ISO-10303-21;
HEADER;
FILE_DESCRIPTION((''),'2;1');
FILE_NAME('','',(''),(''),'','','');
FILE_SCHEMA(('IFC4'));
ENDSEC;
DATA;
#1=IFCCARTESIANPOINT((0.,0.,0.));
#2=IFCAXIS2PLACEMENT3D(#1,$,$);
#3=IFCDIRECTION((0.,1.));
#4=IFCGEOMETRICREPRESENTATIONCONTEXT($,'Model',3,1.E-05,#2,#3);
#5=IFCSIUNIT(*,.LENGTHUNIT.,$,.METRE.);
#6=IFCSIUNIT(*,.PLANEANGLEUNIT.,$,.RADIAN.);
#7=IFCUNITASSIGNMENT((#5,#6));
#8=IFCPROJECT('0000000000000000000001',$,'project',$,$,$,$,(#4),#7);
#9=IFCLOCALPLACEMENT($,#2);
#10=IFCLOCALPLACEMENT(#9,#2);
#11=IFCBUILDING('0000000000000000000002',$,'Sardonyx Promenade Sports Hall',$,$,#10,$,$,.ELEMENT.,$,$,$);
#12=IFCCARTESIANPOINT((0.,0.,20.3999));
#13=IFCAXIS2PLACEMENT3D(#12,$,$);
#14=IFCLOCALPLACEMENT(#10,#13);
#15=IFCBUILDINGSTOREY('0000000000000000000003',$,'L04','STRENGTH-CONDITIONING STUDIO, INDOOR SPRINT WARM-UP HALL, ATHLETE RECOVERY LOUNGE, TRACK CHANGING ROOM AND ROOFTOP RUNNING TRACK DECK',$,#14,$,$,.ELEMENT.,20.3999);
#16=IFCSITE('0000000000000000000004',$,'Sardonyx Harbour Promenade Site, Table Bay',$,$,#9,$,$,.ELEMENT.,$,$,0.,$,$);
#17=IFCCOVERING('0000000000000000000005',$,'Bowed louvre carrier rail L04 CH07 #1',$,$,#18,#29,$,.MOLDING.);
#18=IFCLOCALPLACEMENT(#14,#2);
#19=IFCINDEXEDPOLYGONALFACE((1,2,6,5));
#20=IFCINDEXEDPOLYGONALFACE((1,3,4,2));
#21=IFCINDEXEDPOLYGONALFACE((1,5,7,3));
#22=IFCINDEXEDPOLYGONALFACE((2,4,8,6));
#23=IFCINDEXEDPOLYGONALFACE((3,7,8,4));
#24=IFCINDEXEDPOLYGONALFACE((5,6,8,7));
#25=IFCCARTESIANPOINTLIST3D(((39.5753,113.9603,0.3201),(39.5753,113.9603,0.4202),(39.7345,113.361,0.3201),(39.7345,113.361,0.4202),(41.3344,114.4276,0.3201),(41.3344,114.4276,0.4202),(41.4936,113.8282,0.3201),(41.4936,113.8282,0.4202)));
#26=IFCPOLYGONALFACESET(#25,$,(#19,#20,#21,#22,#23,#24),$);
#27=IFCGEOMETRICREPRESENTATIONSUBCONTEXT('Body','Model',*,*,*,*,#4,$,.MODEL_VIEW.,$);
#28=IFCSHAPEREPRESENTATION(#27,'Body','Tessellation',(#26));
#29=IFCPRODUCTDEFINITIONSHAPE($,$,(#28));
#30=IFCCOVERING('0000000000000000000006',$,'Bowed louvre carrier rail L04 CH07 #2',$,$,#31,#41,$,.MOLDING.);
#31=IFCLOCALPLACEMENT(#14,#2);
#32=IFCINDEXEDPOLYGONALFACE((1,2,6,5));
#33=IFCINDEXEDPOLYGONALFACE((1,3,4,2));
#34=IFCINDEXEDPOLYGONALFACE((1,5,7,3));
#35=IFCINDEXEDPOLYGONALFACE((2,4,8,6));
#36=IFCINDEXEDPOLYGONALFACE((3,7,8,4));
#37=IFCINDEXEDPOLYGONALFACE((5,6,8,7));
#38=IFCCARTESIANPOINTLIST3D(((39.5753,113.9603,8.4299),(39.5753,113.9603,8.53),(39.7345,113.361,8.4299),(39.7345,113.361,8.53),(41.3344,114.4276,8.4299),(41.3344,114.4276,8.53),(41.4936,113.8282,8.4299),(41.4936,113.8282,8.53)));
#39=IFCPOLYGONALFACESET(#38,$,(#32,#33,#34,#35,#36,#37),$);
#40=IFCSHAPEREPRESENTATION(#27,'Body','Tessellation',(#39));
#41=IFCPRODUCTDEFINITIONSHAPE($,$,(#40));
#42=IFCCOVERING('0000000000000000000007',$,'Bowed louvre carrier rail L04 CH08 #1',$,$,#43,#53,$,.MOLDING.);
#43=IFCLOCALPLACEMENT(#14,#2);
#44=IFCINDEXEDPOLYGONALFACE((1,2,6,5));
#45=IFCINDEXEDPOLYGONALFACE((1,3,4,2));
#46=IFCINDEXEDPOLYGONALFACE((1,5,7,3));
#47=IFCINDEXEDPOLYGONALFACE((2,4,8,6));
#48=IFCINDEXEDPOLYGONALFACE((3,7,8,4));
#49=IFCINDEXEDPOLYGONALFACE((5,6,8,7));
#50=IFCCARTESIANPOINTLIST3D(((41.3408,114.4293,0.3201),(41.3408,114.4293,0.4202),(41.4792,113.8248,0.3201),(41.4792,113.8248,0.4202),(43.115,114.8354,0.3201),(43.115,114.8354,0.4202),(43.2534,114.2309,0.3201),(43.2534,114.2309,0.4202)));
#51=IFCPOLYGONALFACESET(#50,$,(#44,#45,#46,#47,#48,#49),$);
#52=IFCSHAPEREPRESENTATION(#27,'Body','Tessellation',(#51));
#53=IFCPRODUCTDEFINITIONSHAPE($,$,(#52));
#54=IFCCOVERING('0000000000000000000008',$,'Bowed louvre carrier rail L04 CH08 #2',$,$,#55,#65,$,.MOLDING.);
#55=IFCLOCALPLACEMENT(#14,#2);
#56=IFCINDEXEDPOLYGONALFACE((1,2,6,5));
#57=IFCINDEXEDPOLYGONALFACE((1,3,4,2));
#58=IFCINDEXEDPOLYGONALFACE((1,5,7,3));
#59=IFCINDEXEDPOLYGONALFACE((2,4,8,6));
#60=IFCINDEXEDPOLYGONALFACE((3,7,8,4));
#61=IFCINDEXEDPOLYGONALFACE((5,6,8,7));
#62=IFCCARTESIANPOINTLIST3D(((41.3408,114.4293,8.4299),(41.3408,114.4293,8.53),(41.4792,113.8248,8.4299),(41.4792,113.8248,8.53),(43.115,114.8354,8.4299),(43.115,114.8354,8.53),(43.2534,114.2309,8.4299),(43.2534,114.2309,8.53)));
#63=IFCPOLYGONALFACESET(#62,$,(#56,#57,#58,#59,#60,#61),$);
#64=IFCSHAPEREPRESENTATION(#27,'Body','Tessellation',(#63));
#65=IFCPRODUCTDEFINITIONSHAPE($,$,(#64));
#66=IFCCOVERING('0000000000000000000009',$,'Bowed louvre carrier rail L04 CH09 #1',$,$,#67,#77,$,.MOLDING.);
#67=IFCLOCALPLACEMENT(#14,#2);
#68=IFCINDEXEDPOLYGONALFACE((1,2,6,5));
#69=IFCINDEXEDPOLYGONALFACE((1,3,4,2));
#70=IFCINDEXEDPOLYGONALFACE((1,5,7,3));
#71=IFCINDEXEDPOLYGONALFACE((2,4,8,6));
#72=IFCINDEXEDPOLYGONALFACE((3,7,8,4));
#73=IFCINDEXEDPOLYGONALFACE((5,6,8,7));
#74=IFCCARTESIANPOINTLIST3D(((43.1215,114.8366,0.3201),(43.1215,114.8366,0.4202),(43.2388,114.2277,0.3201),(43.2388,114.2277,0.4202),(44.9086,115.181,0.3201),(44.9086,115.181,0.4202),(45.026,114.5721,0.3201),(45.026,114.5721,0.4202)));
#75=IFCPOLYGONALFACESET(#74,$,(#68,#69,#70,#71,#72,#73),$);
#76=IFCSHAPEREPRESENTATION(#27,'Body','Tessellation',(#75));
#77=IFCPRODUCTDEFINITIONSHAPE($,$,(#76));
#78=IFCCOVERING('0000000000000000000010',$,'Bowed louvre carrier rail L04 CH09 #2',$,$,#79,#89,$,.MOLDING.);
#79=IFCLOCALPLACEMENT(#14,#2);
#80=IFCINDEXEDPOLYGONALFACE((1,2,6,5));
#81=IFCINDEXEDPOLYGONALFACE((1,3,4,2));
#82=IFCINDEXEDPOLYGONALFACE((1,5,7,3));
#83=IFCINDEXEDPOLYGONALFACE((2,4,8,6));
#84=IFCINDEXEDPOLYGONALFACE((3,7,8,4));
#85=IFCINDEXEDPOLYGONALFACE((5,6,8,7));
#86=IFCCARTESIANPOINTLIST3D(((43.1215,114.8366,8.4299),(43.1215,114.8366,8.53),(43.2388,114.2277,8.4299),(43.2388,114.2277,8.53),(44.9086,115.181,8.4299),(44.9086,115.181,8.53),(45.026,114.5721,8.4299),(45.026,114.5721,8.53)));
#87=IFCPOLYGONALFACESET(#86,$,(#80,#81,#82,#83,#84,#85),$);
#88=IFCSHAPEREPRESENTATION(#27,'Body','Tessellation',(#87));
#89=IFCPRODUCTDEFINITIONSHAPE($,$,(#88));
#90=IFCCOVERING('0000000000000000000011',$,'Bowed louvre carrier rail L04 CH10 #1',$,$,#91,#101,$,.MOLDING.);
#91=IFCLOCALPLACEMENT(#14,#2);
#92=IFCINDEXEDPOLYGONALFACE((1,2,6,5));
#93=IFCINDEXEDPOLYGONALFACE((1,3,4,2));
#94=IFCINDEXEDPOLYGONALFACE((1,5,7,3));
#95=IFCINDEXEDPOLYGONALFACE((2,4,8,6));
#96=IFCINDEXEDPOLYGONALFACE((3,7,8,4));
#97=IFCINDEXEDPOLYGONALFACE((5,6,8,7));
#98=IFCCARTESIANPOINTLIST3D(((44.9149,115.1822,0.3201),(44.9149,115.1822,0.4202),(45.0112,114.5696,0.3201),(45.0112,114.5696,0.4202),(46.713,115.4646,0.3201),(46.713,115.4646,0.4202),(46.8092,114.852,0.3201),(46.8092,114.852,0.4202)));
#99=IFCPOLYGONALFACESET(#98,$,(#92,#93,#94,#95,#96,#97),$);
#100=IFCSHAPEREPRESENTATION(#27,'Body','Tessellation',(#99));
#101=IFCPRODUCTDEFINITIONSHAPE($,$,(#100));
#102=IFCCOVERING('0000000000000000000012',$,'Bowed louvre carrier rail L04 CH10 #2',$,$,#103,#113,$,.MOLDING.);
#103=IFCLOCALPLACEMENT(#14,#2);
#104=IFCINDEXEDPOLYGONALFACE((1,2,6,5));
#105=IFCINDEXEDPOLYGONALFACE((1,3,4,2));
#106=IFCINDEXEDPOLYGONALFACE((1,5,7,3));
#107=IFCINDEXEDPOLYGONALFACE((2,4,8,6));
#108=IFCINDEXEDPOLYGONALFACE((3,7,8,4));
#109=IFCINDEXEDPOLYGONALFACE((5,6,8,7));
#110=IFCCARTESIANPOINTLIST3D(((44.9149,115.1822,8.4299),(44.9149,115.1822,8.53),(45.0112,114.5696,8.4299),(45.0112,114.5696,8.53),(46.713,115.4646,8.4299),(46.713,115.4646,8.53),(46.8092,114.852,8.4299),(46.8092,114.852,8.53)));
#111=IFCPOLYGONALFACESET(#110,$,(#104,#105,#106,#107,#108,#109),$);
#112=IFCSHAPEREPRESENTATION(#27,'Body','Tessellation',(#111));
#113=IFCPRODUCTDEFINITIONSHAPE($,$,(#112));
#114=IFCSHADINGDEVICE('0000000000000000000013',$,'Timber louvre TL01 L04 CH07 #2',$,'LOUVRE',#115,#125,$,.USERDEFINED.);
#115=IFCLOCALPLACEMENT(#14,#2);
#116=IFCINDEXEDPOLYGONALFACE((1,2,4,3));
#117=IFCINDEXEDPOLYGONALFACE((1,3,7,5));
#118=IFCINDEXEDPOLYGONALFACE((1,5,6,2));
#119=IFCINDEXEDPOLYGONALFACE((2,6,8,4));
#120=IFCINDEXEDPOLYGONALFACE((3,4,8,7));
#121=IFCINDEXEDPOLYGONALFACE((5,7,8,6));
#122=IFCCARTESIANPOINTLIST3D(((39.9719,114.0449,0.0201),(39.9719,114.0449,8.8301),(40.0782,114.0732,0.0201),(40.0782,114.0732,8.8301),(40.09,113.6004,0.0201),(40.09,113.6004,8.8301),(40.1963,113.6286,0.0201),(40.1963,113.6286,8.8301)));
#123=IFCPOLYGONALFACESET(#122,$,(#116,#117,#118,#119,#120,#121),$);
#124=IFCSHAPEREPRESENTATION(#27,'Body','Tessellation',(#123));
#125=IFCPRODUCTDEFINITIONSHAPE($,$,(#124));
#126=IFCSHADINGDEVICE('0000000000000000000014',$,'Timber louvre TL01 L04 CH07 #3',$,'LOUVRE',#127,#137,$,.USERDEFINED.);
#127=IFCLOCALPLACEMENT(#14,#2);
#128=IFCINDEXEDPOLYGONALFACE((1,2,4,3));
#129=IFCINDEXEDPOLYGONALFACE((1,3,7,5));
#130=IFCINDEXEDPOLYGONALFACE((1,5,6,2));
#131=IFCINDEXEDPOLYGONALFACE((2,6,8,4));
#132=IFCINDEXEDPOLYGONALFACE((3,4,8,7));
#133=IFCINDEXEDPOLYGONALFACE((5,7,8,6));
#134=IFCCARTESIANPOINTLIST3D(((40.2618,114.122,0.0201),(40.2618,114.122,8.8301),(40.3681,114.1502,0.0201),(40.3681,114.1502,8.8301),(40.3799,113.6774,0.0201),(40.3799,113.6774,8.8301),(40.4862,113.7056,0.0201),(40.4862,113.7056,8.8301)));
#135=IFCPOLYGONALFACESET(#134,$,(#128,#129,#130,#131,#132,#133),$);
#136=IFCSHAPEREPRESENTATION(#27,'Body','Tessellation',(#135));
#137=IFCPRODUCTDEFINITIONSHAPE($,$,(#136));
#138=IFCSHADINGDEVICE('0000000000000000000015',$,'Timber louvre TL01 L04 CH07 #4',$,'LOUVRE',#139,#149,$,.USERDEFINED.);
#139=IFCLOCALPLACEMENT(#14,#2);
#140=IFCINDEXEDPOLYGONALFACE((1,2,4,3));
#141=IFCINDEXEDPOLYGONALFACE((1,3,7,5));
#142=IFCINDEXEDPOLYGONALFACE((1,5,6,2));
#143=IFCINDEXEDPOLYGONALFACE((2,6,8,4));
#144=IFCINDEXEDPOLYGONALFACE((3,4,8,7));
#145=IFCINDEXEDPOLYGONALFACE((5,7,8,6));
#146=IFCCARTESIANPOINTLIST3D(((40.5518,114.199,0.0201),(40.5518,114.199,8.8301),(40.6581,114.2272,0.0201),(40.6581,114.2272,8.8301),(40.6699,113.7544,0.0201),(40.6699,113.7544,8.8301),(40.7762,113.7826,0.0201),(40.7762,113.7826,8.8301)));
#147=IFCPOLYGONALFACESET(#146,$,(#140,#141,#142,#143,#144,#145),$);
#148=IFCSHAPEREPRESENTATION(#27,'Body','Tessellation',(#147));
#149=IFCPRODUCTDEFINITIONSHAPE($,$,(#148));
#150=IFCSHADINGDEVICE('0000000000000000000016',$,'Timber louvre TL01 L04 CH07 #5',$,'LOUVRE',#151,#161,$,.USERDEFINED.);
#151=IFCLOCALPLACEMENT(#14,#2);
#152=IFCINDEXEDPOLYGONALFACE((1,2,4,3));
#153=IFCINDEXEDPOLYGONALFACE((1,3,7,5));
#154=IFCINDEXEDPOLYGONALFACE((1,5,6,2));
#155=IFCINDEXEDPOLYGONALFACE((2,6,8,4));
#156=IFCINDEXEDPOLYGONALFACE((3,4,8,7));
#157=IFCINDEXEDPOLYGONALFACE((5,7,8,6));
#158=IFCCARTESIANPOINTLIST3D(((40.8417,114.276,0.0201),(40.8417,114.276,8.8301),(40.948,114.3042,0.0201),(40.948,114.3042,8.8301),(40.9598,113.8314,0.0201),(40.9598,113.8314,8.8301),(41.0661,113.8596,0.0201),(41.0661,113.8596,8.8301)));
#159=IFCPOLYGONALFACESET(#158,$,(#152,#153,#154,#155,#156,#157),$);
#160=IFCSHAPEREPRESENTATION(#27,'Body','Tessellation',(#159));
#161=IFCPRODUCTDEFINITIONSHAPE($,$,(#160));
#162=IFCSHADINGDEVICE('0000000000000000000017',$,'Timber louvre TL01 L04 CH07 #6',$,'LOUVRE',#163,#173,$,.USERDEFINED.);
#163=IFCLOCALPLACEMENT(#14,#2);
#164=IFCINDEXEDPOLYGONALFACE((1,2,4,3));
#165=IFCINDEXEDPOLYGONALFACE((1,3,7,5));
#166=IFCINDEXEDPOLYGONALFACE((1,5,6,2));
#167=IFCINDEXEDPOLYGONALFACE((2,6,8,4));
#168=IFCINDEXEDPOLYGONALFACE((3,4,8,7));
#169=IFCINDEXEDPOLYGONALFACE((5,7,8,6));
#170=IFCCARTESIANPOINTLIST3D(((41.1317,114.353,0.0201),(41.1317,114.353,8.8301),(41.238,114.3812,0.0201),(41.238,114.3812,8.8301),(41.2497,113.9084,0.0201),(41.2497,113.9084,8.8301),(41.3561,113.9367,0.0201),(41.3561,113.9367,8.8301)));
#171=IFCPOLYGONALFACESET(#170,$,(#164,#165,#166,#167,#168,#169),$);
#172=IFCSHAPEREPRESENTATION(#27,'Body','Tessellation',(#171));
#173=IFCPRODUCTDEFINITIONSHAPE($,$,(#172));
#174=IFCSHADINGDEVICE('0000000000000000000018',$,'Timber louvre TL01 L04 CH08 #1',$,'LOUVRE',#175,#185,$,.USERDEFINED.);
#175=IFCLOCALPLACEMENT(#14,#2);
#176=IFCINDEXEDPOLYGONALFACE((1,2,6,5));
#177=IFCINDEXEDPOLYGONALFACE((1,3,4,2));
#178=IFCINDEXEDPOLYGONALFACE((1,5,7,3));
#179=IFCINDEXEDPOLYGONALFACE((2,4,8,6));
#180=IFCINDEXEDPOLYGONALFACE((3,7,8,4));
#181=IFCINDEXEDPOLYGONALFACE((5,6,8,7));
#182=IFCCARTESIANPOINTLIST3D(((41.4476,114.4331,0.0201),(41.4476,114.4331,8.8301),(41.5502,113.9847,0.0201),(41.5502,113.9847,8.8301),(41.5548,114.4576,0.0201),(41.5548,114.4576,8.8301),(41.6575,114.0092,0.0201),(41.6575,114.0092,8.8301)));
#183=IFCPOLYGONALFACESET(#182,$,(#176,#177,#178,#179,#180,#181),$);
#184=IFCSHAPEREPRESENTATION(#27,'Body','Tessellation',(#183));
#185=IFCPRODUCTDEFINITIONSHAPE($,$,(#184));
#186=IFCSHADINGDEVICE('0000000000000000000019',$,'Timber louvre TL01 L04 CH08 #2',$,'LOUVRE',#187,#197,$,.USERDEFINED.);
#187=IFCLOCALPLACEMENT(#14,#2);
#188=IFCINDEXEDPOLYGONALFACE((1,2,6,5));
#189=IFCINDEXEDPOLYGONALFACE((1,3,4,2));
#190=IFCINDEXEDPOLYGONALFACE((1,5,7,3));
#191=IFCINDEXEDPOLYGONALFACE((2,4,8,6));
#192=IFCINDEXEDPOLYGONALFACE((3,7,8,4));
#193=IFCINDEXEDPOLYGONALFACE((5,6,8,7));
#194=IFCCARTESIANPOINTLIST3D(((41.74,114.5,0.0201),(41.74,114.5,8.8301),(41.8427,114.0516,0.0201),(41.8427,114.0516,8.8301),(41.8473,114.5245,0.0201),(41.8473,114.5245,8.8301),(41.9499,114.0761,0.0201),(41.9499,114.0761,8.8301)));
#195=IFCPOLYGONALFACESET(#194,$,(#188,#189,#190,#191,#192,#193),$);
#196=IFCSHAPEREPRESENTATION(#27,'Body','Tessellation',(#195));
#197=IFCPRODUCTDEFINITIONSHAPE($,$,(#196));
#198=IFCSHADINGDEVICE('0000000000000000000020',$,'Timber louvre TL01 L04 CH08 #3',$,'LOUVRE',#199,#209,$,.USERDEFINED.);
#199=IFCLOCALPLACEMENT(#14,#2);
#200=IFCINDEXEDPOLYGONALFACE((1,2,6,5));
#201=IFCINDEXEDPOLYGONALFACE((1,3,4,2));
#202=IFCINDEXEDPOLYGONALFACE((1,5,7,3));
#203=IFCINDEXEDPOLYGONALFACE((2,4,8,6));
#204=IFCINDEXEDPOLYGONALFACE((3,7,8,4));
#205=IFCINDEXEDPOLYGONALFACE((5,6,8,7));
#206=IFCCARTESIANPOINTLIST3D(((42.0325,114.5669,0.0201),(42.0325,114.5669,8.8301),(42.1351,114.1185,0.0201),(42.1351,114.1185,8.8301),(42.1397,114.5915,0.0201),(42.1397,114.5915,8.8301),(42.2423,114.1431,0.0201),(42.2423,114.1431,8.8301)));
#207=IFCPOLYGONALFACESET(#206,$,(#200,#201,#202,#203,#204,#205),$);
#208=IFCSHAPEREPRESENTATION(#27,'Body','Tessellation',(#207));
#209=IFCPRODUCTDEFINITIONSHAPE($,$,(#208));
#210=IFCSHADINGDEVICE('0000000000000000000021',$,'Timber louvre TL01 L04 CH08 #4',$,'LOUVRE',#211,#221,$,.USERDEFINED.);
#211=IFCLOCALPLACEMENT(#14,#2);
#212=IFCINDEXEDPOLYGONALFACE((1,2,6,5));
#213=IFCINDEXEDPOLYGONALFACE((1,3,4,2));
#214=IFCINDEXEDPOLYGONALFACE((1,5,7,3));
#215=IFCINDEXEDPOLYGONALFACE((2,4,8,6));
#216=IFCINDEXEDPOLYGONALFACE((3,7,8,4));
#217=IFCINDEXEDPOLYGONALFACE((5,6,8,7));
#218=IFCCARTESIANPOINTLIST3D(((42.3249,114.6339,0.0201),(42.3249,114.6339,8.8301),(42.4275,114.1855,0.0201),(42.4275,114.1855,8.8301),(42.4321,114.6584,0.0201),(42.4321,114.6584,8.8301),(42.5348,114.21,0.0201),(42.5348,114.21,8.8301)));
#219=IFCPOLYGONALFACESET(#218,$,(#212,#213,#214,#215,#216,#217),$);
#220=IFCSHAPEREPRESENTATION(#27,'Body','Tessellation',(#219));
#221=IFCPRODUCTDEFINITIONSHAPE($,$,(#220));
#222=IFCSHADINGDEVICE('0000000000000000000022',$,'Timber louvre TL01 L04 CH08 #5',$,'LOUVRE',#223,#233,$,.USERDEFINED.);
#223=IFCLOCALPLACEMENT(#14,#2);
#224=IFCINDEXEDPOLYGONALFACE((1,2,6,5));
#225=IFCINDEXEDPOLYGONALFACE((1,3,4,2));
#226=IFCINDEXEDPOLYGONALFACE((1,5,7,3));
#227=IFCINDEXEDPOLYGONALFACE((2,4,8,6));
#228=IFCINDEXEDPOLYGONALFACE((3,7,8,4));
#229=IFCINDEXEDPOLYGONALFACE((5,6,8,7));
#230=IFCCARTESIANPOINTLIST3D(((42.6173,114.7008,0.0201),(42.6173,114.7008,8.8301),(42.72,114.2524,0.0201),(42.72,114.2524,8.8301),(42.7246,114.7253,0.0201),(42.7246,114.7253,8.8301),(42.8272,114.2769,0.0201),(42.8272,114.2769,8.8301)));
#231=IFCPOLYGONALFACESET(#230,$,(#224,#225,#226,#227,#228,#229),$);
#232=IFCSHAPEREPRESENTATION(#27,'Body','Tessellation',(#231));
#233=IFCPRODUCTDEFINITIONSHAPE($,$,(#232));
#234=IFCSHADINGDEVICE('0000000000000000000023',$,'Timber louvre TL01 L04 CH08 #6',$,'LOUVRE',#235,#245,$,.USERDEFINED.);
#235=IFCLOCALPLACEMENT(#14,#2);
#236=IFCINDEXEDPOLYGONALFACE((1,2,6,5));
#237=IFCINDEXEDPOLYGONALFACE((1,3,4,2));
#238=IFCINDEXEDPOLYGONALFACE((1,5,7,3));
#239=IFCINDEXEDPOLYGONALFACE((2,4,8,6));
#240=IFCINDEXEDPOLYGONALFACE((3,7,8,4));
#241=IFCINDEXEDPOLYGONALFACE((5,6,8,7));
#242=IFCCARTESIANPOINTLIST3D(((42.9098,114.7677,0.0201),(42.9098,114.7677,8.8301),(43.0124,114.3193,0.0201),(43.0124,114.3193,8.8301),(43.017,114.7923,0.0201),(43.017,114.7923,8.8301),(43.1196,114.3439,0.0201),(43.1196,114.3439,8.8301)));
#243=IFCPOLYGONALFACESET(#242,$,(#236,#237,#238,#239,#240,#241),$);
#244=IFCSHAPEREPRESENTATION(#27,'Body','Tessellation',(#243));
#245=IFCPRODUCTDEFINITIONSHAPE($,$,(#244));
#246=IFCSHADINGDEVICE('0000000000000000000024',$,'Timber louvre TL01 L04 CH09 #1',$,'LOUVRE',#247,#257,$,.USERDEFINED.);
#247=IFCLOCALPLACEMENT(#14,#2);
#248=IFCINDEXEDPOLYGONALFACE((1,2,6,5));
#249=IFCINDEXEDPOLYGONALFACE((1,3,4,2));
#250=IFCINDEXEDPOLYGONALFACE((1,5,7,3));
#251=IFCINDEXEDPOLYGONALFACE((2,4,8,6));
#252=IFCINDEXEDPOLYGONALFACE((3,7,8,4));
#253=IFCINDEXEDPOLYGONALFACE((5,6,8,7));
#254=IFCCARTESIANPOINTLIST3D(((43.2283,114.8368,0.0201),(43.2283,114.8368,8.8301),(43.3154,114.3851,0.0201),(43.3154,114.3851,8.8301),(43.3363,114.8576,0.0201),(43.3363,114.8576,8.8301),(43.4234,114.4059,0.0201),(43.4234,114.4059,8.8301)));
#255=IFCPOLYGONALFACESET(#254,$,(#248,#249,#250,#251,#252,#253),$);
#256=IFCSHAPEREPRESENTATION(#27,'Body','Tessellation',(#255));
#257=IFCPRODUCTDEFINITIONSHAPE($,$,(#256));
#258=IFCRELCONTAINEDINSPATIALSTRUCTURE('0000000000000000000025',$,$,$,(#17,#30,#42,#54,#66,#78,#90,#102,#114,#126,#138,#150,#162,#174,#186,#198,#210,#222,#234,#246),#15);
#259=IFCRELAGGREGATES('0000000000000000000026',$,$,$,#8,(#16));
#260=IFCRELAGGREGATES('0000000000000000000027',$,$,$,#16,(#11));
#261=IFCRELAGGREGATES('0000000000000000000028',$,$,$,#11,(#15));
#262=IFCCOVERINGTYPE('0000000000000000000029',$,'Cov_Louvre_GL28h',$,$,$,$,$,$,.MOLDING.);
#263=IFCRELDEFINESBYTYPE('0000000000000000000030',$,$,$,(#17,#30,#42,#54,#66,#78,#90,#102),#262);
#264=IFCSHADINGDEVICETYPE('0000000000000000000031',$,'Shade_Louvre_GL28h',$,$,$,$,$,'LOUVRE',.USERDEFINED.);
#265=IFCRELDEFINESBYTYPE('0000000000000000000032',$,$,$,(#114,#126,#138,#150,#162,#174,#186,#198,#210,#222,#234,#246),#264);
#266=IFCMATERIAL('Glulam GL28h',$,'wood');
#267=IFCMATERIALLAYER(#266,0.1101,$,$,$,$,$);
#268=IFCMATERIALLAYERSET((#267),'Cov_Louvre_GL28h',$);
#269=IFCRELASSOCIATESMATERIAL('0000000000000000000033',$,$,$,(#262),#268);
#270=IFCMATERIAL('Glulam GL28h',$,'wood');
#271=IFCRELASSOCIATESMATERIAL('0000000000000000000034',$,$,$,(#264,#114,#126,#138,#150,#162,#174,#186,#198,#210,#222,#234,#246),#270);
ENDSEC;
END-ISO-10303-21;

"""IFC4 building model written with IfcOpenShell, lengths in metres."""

from ifc_helpers import new_model, si_unit, direction, frame, origin, origin_2d, place, context, subcontext, project, spatial, rectangle, extrude, material, layer, layer_set, type_object, element, save


model = new_model("IFC4")

# Units and contexts
model_context = context("Model", 3, precision=1e-05, world=origin(), true_north=direction((0.0, 1.0)))
body_context = subcontext(model_context, "Body", "Model", "MODEL_VIEW")
ifc_project = project(units=[si_unit("LENGTHUNIT", "METRE"), si_unit("PLANEANGLEUNIT", "RADIAN")], contexts=[model_context])

# Site, building, storey
site_placement = place(None, origin())
site = spatial("IfcSite", under=ifc_project, at=site_placement, Name="Sardonyx Harbour Promenade Site, Table Bay", CompositionType="ELEMENT", RefElevation=0.0)
building_placement = place(site_placement, origin())
building = spatial("IfcBuilding", under=site, at=building_placement, Name="Sardonyx Promenade Sports Hall", CompositionType="ELEMENT")
storey_placement = place(building_placement, frame((0.0, 0.0, 20.3999)))
storey = spatial("IfcBuildingStorey", under=building, at=storey_placement, Name="L04", Description="STRENGTH-CONDITIONING STUDIO, INDOOR SPRINT WARM-UP HALL, ATHLETE RECOVERY LOUNGE, TRACK CHANGING ROOM AND ROOFTOP RUNNING TRACK DECK", CompositionType="ELEMENT", Elevation=20.3999)

# Coverings
ifc_material_1 = material(Name="Glulam GL28h", Category="wood")
ifc_layer = layer(ifc_material_1, 0.1101)
ifc_layer_set = layer_set([ifc_layer], Name="Cov_Louvre_GL28h")
covering_type = type_object("IfcCoveringType", Name="Cov_Louvre_GL28h", PredefinedType="MOLDING", material=ifc_layer_set)
for number, where, z_axis, x_axis, name in (
    (1, (40.5344, 113.8943, 0.3201), (0.0, 0.0, 1.0), (0.966485, 0.256721, 0.0), "Bowed louvre carrier rail L04 CH07 #1"),
    (2, (40.5344, 113.8943, 8.4299), (0.0, 0.0, 1.0), (0.966485, 0.256721, 0.0), "Bowed louvre carrier rail L04 CH07 #2"),
    (3, (42.2971, 114.3301, 0.3201), (0.0, 0.0, 1.0), (0.974792, 0.223117, 0.0), "Bowed louvre carrier rail L04 CH08 #1"),
    (4, (42.2971, 114.3301, 8.4299), (0.0, 0.0, 1.0), (0.974792, 0.223117, 0.0), "Bowed louvre carrier rail L04 CH08 #2"),
    (5, (44.0737, 114.7043, 0.3201), (0.0, 0.0, 1.0), (0.98193, 0.189246, 0.0), "Bowed louvre carrier rail L04 CH09 #1"),
    (6, (44.0737, 114.7043, 8.4299), (0.0, 0.0, 1.0), (0.98193, 0.189246, 0.0), "Bowed louvre carrier rail L04 CH09 #2"),
    (7, (45.8621, 115.0171, 0.3201), (0.0, 0.0, 1.0), (0.987891, 0.155148, 0.0), "Bowed louvre carrier rail L04 CH10 #1"),
    (8, (45.8621, 115.0171, 8.4299), (0.0, 0.0, 1.0), (0.987891, 0.155148, 0.0), "Bowed louvre carrier rail L04 CH10 #2"),
):
    element("IfcCovering", number, at=place(storey_placement, frame(where, z_axis=z_axis, x_axis=x_axis)), inside=storey, type_object=covering_type, Name=name, PredefinedType="MOLDING", context=body_context, shape_type="SweptSolid", body=[
        extrude(rectangle(XDim=1.8201, YDim=0.6201, at=origin_2d()), origin(), (0.0, 0.0, 1.0), 0.1001),
    ])

# Shading devices
ifc_material_2 = material(Name="Glulam GL28h", Category="wood")
shading_device_type = type_object("IfcShadingDeviceType", Name="Shade_Louvre_GL28h", ElementType="LOUVRE", PredefinedType="USERDEFINED", material=ifc_material_2)
for number, where, z_axis, x_axis, name in (
    (9, (40.0841, 113.8368, 0.0201), (0.0, 0.0, 1.0), (0.966485, 0.256721, 0.0), "Timber louvre TL01 L04 CH07 #2"),
    (10, (40.374, 113.9138, 0.0201), (0.0, 0.0, 1.0), (0.966485, 0.256721, 0.0), "Timber louvre TL01 L04 CH07 #3"),
    (11, (40.664, 113.9908, 0.0201), (0.0, 0.0, 1.0), (0.966485, 0.256721, 0.0), "Timber louvre TL01 L04 CH07 #4"),
    (12, (40.9539, 114.0678, 0.0201), (0.0, 0.0, 1.0), (0.966485, 0.256721, 0.0), "Timber louvre TL01 L04 CH07 #5"),
    (13, (41.2439, 114.1448, 0.0201), (0.0, 0.0, 1.0), (0.966485, 0.256721, 0.0), "Timber louvre TL01 L04 CH07 #6"),
    (14, (41.5525, 114.2211, 0.0201), (0.0, 0.0, 1.0), (0.974792, 0.223117, 0.0), "Timber louvre TL01 L04 CH08 #1"),
    (15, (41.845, 114.2881, 0.0201), (0.0, 0.0, 1.0), (0.974792, 0.223117, 0.0), "Timber louvre TL01 L04 CH08 #2"),
    (16, (42.1374, 114.355, 0.0201), (0.0, 0.0, 1.0), (0.974792, 0.223117, 0.0), "Timber louvre TL01 L04 CH08 #3"),
    (17, (42.4298, 114.4219, 0.0201), (0.0, 0.0, 1.0), (0.974792, 0.223117, 0.0), "Timber louvre TL01 L04 CH08 #4"),
    (18, (42.7223, 114.4889, 0.0201), (0.0, 0.0, 1.0), (0.974792, 0.223117, 0.0), "Timber louvre TL01 L04 CH08 #5"),
    (19, (43.0147, 114.5558, 0.0201), (0.0, 0.0, 1.0), (0.974792, 0.223117, 0.0), "Timber louvre TL01 L04 CH08 #6"),
    (20, (43.3258, 114.6214, 0.0201), (0.0, 0.0, 1.0), (0.98193, 0.189246, 0.0), "Timber louvre TL01 L04 CH09 #1"),
):
    element("IfcShadingDevice", number, at=place(storey_placement, frame(where, z_axis=z_axis, x_axis=x_axis)), inside=storey, type_object=shading_device_type, material=ifc_material_2, Name=name, ObjectType="LOUVRE", PredefinedType="USERDEFINED", context=body_context, shape_type="SweptSolid", body=[
        extrude(rectangle(XDim=0.11, YDim=0.46), origin(), (0.0, 0.0, 1.0), 8.81),
    ])

save(model, "model.ifc")
